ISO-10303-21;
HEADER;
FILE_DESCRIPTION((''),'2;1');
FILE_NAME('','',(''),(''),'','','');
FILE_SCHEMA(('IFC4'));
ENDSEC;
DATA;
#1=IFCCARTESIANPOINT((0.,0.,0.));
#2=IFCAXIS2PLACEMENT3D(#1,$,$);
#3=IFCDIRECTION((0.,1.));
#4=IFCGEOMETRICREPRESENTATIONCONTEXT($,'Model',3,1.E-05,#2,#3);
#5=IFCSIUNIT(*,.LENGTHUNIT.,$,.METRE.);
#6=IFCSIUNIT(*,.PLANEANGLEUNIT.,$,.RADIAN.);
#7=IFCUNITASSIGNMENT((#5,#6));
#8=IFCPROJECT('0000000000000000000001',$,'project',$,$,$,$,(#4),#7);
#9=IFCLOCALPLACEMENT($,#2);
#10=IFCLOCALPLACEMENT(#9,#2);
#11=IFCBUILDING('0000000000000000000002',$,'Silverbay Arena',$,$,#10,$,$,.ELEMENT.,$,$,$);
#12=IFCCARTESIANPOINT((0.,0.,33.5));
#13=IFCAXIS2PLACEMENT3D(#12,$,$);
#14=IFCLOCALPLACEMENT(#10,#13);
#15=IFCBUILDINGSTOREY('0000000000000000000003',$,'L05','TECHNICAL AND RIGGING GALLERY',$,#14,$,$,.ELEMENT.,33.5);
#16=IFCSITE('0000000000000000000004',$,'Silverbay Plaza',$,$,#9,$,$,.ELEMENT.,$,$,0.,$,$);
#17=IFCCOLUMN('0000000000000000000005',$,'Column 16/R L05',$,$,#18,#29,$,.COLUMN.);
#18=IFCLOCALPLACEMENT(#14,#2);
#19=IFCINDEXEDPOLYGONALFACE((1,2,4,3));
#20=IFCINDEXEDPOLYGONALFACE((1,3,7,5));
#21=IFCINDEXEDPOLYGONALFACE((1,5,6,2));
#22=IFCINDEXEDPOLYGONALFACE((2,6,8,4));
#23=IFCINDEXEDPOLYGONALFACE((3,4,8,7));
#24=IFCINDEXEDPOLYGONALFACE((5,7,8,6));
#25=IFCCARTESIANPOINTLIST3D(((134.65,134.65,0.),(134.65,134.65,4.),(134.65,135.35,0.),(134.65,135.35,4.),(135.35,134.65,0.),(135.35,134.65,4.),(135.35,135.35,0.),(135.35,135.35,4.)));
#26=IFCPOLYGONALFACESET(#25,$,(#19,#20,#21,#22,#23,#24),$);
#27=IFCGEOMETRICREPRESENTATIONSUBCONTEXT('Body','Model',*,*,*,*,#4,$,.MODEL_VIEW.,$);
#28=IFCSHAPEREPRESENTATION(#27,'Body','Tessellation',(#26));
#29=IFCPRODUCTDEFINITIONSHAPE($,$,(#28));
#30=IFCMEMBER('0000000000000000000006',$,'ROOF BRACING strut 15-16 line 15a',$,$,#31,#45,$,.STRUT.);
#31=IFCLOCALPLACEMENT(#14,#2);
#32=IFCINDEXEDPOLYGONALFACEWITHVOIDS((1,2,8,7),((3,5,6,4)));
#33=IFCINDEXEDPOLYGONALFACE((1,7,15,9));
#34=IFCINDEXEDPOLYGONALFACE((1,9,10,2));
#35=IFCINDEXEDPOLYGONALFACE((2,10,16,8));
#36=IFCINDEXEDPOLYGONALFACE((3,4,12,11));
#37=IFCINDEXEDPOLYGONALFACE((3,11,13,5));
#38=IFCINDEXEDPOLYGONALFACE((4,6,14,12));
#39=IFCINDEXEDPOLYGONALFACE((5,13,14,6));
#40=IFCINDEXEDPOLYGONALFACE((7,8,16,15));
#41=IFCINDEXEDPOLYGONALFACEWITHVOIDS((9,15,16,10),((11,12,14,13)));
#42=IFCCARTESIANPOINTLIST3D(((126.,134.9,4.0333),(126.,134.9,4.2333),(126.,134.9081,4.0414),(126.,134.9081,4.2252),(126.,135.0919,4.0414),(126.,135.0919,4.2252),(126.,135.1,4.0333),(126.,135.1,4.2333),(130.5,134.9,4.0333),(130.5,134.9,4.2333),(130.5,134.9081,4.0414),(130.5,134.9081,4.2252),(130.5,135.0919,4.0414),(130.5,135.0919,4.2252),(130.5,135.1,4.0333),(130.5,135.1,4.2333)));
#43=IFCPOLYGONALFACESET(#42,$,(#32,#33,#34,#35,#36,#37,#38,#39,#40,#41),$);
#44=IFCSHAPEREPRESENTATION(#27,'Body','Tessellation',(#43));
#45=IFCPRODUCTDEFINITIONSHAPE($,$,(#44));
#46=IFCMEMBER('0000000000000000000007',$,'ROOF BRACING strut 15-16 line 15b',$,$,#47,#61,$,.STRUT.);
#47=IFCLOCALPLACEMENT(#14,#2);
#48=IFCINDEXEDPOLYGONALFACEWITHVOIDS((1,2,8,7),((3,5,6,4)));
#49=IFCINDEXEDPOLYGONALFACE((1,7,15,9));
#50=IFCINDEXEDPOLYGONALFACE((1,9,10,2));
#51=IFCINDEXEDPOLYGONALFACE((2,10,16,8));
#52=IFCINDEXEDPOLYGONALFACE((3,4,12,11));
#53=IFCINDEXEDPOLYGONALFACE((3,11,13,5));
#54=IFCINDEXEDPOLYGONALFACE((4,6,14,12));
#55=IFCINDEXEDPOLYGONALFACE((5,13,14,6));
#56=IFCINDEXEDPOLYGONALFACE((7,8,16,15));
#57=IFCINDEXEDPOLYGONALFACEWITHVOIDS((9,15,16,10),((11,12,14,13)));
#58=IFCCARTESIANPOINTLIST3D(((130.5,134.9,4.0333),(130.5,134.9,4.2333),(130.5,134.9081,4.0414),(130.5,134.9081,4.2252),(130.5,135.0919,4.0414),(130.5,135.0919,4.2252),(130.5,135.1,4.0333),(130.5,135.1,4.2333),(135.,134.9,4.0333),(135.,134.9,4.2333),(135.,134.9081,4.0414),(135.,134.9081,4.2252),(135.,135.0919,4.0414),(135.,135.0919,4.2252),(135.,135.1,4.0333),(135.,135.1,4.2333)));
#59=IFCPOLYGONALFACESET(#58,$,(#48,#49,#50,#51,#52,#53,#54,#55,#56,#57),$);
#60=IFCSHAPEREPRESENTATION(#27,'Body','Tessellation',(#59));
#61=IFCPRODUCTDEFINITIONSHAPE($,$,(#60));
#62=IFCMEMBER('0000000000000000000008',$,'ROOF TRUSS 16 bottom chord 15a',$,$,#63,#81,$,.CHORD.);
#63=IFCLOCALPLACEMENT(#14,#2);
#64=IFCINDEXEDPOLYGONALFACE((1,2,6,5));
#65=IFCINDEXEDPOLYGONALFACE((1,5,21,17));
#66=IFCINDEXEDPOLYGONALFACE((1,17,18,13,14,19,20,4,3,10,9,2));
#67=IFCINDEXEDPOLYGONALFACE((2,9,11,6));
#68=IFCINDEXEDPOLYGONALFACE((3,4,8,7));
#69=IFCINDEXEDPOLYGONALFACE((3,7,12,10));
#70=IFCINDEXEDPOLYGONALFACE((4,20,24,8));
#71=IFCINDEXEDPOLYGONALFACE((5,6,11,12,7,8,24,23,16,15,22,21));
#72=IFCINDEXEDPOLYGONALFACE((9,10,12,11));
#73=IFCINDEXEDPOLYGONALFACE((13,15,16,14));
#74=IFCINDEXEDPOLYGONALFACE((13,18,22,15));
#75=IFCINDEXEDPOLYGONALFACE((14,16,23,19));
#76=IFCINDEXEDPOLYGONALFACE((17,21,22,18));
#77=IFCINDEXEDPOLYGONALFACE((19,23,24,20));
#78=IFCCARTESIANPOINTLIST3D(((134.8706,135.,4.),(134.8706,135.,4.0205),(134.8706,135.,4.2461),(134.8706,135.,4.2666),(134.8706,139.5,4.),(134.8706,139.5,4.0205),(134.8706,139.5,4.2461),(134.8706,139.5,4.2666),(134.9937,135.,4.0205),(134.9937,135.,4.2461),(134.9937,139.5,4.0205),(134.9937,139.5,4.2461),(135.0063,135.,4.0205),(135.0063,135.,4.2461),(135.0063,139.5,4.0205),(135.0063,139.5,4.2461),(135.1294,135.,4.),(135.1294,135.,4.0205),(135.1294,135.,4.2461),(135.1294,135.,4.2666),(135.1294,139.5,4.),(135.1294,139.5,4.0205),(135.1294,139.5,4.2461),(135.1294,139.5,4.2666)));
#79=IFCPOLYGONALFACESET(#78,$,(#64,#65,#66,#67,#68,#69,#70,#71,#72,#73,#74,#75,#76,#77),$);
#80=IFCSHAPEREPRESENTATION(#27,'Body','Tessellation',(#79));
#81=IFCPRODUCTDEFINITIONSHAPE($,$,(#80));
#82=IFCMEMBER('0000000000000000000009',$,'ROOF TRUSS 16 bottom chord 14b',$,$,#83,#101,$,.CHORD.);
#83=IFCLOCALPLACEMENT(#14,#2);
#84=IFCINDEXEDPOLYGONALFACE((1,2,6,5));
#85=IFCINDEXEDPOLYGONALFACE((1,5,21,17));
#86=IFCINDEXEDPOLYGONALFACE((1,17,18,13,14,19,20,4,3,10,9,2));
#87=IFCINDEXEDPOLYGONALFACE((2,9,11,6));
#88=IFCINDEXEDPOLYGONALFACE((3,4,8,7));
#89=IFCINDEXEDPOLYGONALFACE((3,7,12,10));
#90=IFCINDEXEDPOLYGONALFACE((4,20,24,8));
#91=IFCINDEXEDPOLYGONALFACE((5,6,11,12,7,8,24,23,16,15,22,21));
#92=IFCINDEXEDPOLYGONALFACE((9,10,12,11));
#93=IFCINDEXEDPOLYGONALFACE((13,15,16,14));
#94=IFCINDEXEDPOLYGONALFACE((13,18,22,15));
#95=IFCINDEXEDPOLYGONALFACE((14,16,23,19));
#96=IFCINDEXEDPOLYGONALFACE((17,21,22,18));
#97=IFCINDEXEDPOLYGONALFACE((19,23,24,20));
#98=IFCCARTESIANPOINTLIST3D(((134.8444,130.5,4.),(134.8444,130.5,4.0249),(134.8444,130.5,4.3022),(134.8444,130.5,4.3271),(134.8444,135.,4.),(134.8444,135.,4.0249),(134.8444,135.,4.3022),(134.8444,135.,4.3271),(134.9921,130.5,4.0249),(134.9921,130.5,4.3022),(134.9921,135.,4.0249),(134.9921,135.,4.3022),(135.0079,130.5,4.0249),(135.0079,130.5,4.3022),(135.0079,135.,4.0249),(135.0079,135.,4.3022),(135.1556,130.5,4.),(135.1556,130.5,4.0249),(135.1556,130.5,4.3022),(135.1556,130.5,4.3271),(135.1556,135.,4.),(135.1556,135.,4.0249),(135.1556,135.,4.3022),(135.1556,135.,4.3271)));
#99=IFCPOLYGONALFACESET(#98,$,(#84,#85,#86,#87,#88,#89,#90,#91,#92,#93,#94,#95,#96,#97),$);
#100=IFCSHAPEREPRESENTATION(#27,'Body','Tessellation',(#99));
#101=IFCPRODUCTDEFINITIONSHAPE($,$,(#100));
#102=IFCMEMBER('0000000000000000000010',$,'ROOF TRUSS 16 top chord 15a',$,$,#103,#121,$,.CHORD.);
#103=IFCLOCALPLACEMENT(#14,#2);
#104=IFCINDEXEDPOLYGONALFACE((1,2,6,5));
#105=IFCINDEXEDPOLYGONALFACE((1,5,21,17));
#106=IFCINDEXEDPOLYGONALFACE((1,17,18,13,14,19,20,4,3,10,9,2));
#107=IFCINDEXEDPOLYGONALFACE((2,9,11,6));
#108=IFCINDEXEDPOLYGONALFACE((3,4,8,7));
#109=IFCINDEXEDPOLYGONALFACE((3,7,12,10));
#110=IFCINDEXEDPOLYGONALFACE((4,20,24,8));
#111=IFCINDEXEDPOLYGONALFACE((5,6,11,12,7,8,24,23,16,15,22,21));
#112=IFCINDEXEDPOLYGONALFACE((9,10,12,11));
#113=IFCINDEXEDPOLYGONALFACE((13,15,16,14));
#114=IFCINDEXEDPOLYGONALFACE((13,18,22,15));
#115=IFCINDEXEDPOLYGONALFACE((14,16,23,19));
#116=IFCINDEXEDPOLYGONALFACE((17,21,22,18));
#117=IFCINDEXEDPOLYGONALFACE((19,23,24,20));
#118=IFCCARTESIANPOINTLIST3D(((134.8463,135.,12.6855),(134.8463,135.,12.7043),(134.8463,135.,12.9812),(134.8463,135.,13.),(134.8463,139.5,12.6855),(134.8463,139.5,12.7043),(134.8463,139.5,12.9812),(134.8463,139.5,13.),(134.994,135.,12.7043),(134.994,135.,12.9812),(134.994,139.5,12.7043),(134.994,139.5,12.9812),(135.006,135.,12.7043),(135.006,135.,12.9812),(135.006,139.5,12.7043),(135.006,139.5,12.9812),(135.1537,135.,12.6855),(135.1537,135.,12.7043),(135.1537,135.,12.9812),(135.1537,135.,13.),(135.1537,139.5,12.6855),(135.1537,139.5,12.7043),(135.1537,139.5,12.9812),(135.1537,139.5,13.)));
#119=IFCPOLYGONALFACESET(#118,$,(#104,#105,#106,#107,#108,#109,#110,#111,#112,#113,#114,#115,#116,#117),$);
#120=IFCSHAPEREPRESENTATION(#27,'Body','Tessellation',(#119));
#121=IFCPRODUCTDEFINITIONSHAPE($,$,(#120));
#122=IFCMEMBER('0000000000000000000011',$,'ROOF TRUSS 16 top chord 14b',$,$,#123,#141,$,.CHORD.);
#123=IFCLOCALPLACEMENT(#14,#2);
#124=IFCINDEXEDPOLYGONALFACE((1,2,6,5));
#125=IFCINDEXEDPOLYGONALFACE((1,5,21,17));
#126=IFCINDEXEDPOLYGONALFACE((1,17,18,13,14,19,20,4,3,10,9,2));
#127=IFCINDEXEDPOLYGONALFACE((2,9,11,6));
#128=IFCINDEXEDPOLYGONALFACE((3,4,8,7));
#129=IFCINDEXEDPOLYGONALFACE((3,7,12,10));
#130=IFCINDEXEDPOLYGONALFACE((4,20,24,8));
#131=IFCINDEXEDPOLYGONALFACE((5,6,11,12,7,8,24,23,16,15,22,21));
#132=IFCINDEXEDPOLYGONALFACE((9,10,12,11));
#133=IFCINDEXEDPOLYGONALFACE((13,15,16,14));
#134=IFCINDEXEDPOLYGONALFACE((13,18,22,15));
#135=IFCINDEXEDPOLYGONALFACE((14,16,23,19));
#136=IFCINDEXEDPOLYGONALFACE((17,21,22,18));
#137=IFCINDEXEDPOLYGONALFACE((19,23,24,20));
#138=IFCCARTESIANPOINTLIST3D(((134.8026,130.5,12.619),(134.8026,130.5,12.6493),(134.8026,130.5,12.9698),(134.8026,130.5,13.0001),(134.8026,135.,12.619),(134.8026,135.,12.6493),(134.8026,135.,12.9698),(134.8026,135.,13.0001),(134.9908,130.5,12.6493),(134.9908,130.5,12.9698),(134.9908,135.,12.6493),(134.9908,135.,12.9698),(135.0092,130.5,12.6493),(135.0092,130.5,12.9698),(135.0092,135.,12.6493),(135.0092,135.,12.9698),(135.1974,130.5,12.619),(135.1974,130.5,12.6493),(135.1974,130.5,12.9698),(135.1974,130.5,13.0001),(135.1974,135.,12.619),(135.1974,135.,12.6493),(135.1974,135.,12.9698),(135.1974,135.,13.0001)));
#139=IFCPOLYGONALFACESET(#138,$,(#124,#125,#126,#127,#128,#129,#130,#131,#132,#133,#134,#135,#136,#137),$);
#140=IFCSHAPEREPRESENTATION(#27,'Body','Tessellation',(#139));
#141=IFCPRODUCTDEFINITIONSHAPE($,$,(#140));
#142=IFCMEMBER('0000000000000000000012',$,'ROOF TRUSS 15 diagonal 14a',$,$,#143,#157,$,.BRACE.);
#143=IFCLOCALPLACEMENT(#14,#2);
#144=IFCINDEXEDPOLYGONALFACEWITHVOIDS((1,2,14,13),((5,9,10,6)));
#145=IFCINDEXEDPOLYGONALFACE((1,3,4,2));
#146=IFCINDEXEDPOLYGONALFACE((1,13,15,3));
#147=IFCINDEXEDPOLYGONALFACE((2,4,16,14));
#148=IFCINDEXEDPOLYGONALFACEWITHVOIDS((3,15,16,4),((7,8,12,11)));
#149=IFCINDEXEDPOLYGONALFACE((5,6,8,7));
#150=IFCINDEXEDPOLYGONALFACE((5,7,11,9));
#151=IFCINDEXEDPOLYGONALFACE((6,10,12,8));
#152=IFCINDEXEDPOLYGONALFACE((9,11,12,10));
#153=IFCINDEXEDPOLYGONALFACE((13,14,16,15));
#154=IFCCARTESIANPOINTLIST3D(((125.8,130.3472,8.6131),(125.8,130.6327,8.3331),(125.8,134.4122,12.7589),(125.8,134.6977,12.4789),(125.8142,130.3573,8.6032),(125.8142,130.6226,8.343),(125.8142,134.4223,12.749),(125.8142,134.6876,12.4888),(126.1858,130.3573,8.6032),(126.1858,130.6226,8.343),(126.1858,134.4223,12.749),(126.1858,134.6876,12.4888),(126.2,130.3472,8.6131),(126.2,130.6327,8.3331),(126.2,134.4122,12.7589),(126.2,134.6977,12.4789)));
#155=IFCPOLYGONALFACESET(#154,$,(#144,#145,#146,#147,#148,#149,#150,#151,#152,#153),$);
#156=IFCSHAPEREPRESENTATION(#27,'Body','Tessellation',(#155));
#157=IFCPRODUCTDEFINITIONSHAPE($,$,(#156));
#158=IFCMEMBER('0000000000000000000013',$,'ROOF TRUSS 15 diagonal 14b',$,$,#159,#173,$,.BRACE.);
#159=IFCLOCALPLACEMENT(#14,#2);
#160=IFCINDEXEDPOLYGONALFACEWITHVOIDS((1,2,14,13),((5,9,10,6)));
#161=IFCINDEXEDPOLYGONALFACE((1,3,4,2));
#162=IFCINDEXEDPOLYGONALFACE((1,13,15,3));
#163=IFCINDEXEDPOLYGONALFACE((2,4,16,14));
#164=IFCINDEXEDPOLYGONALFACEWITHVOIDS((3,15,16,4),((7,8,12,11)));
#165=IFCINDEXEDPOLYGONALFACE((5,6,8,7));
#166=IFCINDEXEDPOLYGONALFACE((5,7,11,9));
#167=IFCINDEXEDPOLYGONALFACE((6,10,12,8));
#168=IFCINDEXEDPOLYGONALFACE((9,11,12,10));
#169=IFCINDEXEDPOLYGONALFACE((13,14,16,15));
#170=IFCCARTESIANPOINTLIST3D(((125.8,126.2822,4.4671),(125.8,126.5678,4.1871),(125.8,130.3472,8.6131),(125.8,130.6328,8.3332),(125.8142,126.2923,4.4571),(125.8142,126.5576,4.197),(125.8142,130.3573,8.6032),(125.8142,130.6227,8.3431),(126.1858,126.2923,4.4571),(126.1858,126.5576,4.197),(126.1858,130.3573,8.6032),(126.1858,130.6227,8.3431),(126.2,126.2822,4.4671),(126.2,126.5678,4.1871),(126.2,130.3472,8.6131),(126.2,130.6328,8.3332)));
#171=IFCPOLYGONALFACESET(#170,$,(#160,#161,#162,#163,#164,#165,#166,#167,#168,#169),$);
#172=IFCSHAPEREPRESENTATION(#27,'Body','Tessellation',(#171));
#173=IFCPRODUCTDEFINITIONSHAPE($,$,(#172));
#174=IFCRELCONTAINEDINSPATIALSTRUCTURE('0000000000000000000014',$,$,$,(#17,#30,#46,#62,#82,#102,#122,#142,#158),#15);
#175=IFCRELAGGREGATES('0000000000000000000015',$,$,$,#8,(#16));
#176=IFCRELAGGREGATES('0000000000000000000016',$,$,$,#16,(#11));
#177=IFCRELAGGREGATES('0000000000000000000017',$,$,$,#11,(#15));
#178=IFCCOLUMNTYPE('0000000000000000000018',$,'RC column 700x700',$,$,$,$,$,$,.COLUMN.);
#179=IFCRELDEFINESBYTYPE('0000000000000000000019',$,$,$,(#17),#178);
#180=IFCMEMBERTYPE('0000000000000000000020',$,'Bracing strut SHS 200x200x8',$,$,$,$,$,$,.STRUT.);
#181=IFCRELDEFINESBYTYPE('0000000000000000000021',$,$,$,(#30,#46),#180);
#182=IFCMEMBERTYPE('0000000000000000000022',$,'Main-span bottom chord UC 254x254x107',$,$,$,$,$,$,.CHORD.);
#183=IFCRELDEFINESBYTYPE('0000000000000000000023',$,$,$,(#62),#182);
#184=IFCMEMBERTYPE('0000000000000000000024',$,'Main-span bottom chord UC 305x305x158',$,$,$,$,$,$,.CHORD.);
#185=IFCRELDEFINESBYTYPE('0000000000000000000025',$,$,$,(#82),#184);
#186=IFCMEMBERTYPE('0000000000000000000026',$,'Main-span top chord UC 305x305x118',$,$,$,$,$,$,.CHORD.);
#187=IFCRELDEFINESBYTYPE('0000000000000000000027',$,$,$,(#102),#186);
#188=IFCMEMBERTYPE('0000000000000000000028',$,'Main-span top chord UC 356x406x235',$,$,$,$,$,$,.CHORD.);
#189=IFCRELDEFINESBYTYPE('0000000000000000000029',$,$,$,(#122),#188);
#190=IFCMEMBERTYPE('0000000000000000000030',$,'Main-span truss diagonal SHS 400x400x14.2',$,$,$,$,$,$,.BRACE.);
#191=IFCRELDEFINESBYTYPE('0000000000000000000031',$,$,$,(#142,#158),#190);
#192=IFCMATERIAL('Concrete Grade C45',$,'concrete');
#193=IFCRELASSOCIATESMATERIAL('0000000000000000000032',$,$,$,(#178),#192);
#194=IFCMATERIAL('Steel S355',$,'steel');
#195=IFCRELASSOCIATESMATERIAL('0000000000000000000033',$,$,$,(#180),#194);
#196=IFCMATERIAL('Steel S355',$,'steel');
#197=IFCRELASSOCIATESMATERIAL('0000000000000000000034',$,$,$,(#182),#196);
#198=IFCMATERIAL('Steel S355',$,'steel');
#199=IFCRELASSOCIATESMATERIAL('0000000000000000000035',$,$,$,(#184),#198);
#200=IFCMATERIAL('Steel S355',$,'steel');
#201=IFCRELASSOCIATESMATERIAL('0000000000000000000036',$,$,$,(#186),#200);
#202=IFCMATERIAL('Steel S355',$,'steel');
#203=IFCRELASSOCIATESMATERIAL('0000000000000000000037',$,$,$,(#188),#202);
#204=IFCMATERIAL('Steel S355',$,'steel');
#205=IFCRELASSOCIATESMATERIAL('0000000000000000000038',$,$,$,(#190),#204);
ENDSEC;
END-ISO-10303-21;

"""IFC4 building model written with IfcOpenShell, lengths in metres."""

from ifc_helpers import new_model, si_unit, direction, frame, origin, origin_2d, place, context, subcontext, project, spatial, rectangle, hollow_rectangle, i_section, extrude, material, material_profile, profile_set, type_object, element, save


model = new_model("IFC4")

# Units and contexts
model_context = context("Model", 3, precision=1e-05, world=origin(), true_north=direction((0.0, 1.0)))
body_context = subcontext(model_context, "Body", "Model", "MODEL_VIEW")
ifc_project = project(units=[si_unit("LENGTHUNIT", "METRE"), si_unit("PLANEANGLEUNIT", "RADIAN")], contexts=[model_context])

# Site, building, storey
site_placement = place(None, origin())
site = spatial("IfcSite", under=ifc_project, at=site_placement, Name="Silverbay Plaza", CompositionType="ELEMENT", RefElevation=0.0)
building_placement = place(site_placement, origin())
building = spatial("IfcBuilding", under=site, at=building_placement, Name="Silverbay Arena", CompositionType="ELEMENT")
storey_placement = place(building_placement, frame((0.0, 0.0, 33.5)))
storey = spatial("IfcBuildingStorey", under=building, at=storey_placement, Name="L05", Description="TECHNICAL AND RIGGING GALLERY", CompositionType="ELEMENT", Elevation=33.5)

# Column
ifc_material_1 = material(Name="Concrete Grade C45", Category="concrete")
ifc_material_profile_1 = material_profile(ifc_material_1, rectangle(XDim=0.7, YDim=0.7, at=origin_2d()), Name="RC 700x700")
ifc_profile_set_1 = profile_set([ifc_material_profile_1], Name="Concrete Grade C45")
column_type = type_object("IfcColumnType", Name="RC column 700x700", PredefinedType="COLUMN", material=ifc_profile_set_1)
column_placement = place(storey_placement, frame((135.0, 135.0, 0.0), z_axis=(0.0, 0.0, 1.0), x_axis=(1.0, 0.0, 0.0)))
element("IfcColumn", 1, at=column_placement, inside=storey, type_object=column_type, Name="Column 16/R L05", PredefinedType="COLUMN", context=body_context, shape_type="SweptSolid", body=[
    extrude(rectangle(XDim=0.7, YDim=0.7, at=origin_2d()), origin(), (0.0, 0.0, 1.0), 4.0),
])

# Members
ifc_material_2 = material(Name="Steel S355", Category="steel")
ifc_material_profile_2 = material_profile(ifc_material_2, hollow_rectangle(XDim=0.2, YDim=0.2, WallThickness=0.0081, at=origin_2d()), Name="SHS 200x200x8")
ifc_profile_set_2 = profile_set([ifc_material_profile_2], Name="Steel S355")
member_type_1 = type_object("IfcMemberType", Name="Bracing strut SHS 200x200x8", PredefinedType="STRUT", material=ifc_profile_set_2)
for number, where, z_axis, x_axis, name in (
    (2, (126.0, 135.0, 4.1333), (1.0, 0.0, 0.0), (0.0, 1.0, 0.0), "ROOF BRACING strut 15-16 line 15a"),
    (3, (130.5, 135.0, 4.1333), (1.0, 0.0, 0.0), (0.0, 1.0, 0.0), "ROOF BRACING strut 15-16 line 15b"),
):
    element("IfcMember", number, at=place(storey_placement, frame(where, z_axis=z_axis, x_axis=x_axis)), inside=storey, type_object=member_type_1, Name=name, PredefinedType="STRUT", context=body_context, shape_type="SweptSolid", body=[
        extrude(hollow_rectangle(XDim=0.2, YDim=0.2, WallThickness=0.0081, at=origin_2d()), origin(), (0.0, 0.0, 1.0), 4.5),
    ])
ifc_material_3 = material(Name="Steel S355", Category="steel")
ifc_material_profile_3 = material_profile(ifc_material_3, i_section(OverallWidth=0.2588, OverallDepth=0.2666, WebThickness=0.0127, FlangeThickness=0.0205, at=origin_2d()), Name="UC 254x254x107")
ifc_profile_set_3 = profile_set([ifc_material_profile_3], Name="Steel S355")
member_type_2 = type_object("IfcMemberType", Name="Main-span bottom chord UC 254x254x107", PredefinedType="CHORD", material=ifc_profile_set_3)
member_1_placement = place(storey_placement, frame((135.0, 135.0, 4.1333), z_axis=(0.0, 1.0, 0.0), x_axis=(-1.0, 0.0, 0.0)))
element("IfcMember", 4, at=member_1_placement, inside=storey, type_object=member_type_2, Name="ROOF TRUSS 16 bottom chord 15a", PredefinedType="CHORD", context=body_context, shape_type="SweptSolid", body=[
    extrude(i_section(OverallWidth=0.2588, OverallDepth=0.2666, WebThickness=0.0127, FlangeThickness=0.0205, at=origin_2d()), origin(), (0.0, 0.0, 1.0), 4.5),
])
ifc_material_4 = material(Name="Steel S355", Category="steel")
ifc_material_profile_4 = material_profile(ifc_material_4, i_section(OverallWidth=0.3113, OverallDepth=0.3271, WebThickness=0.0159, FlangeThickness=0.0249, at=origin_2d()), Name="UC 305x305x158")
ifc_profile_set_4 = profile_set([ifc_material_profile_4], Name="Steel S355")
member_type_3 = type_object("IfcMemberType", Name="Main-span bottom chord UC 305x305x158", PredefinedType="CHORD", material=ifc_profile_set_4)
member_2_placement = place(storey_placement, frame((135.0, 130.5, 4.1636), z_axis=(0.0, 1.0, 0.0), x_axis=(-1.0, 0.0, 0.0)))
element("IfcMember", 5, at=member_2_placement, inside=storey, type_object=member_type_3, Name="ROOF TRUSS 16 bottom chord 14b", PredefinedType="CHORD", context=body_context, shape_type="SweptSolid", body=[
    extrude(i_section(OverallWidth=0.3113, OverallDepth=0.3271, WebThickness=0.0159, FlangeThickness=0.0249, at=origin_2d()), origin(), (0.0, 0.0, 1.0), 4.5),
])
ifc_material_5 = material(Name="Steel S355", Category="steel")
ifc_material_profile_5 = material_profile(ifc_material_5, i_section(OverallWidth=0.3074, OverallDepth=0.3145, WebThickness=0.012, FlangeThickness=0.0188, at=origin_2d()), Name="UC 305x305x118")
ifc_profile_set_5 = profile_set([ifc_material_profile_5], Name="Steel S355")
member_type_4 = type_object("IfcMemberType", Name="Main-span top chord UC 305x305x118", PredefinedType="CHORD", material=ifc_profile_set_5)
member_3_placement = place(storey_placement, frame((135.0, 135.0, 12.8428), z_axis=(0.0, 1.0, 0.0), x_axis=(-1.0, 0.0, 0.0)))
element("IfcMember", 6, at=member_3_placement, inside=storey, type_object=member_type_4, Name="ROOF TRUSS 16 top chord 15a", PredefinedType="CHORD", context=body_context, shape_type="SweptSolid", body=[
    extrude(i_section(OverallWidth=0.3074, OverallDepth=0.3145, WebThickness=0.012, FlangeThickness=0.0188, at=origin_2d()), origin(), (0.0, 0.0, 1.0), 4.5),
])
ifc_material_6 = material(Name="Steel S355", Category="steel")
ifc_material_profile_6 = material_profile(ifc_material_6, i_section(OverallWidth=0.3948, OverallDepth=0.3811, WebThickness=0.0183, FlangeThickness=0.0303, at=origin_2d()), Name="UC 356x406x235")
ifc_profile_set_6 = profile_set([ifc_material_profile_6], Name="Steel S355")
member_type_5 = type_object("IfcMemberType", Name="Main-span top chord UC 356x406x235", PredefinedType="CHORD", material=ifc_profile_set_6)
member_4_placement = place(storey_placement, frame((135.0, 130.5, 12.8096), z_axis=(0.0, 1.0, 0.0), x_axis=(-1.0, 0.0, 0.0)))
element("IfcMember", 7, at=member_4_placement, inside=storey, type_object=member_type_5, Name="ROOF TRUSS 16 top chord 14b", PredefinedType="CHORD", context=body_context, shape_type="SweptSolid", body=[
    extrude(i_section(OverallWidth=0.3948, OverallDepth=0.3811, WebThickness=0.0183, FlangeThickness=0.0303, at=origin_2d()), origin(), (0.0, 0.0, 1.0), 4.5),
])
ifc_material_7 = material(Name="Steel S355", Category="steel")
ifc_material_profile_7 = material_profile(ifc_material_7, hollow_rectangle(XDim=0.3999, YDim=0.3999, WallThickness=0.0142, at=origin_2d()), Name="SHS 400x400x14.2")
ifc_profile_set_7 = profile_set([ifc_material_profile_7], Name="Steel S355")
member_type_6 = type_object("IfcMemberType", Name="Main-span truss diagonal SHS 400x400x14.2", PredefinedType="BRACE", material=ifc_profile_set_7)
member_5_placement = place(storey_placement, frame((126.0, 134.5549, 12.6189), z_axis=(0.0, -0.700113, -0.714032), x_axis=(1.0, 0.0, 0.0)))
element("IfcMember", 8, at=member_5_placement, inside=storey, type_object=member_type_6, Name="ROOF TRUSS 15 diagonal 14a", PredefinedType="BRACE", context=body_context, shape_type="SweptSolid", body=[
    extrude(hollow_rectangle(XDim=0.3999, YDim=0.3999, WallThickness=0.0142, at=origin_2d()), origin(), (0.0, 0.0, 1.0), 5.8062),
])
member_6_placement = place(storey_placement, frame((126.0, 130.49, 8.4731), z_axis=(0.0, -0.700092, -0.714052), x_axis=(1.0, 0.0, 0.0)))
element("IfcMember", 9, at=member_6_placement, inside=storey, type_object=member_type_6, Name="ROOF TRUSS 15 diagonal 14b", PredefinedType="BRACE", context=body_context, shape_type="SweptSolid", body=[
    extrude(hollow_rectangle(XDim=0.3999, YDim=0.3999, WallThickness=0.0142, at=origin_2d()), origin(), (0.0, 0.0, 1.0), 5.8064),
])

save(model, "model.ifc")
